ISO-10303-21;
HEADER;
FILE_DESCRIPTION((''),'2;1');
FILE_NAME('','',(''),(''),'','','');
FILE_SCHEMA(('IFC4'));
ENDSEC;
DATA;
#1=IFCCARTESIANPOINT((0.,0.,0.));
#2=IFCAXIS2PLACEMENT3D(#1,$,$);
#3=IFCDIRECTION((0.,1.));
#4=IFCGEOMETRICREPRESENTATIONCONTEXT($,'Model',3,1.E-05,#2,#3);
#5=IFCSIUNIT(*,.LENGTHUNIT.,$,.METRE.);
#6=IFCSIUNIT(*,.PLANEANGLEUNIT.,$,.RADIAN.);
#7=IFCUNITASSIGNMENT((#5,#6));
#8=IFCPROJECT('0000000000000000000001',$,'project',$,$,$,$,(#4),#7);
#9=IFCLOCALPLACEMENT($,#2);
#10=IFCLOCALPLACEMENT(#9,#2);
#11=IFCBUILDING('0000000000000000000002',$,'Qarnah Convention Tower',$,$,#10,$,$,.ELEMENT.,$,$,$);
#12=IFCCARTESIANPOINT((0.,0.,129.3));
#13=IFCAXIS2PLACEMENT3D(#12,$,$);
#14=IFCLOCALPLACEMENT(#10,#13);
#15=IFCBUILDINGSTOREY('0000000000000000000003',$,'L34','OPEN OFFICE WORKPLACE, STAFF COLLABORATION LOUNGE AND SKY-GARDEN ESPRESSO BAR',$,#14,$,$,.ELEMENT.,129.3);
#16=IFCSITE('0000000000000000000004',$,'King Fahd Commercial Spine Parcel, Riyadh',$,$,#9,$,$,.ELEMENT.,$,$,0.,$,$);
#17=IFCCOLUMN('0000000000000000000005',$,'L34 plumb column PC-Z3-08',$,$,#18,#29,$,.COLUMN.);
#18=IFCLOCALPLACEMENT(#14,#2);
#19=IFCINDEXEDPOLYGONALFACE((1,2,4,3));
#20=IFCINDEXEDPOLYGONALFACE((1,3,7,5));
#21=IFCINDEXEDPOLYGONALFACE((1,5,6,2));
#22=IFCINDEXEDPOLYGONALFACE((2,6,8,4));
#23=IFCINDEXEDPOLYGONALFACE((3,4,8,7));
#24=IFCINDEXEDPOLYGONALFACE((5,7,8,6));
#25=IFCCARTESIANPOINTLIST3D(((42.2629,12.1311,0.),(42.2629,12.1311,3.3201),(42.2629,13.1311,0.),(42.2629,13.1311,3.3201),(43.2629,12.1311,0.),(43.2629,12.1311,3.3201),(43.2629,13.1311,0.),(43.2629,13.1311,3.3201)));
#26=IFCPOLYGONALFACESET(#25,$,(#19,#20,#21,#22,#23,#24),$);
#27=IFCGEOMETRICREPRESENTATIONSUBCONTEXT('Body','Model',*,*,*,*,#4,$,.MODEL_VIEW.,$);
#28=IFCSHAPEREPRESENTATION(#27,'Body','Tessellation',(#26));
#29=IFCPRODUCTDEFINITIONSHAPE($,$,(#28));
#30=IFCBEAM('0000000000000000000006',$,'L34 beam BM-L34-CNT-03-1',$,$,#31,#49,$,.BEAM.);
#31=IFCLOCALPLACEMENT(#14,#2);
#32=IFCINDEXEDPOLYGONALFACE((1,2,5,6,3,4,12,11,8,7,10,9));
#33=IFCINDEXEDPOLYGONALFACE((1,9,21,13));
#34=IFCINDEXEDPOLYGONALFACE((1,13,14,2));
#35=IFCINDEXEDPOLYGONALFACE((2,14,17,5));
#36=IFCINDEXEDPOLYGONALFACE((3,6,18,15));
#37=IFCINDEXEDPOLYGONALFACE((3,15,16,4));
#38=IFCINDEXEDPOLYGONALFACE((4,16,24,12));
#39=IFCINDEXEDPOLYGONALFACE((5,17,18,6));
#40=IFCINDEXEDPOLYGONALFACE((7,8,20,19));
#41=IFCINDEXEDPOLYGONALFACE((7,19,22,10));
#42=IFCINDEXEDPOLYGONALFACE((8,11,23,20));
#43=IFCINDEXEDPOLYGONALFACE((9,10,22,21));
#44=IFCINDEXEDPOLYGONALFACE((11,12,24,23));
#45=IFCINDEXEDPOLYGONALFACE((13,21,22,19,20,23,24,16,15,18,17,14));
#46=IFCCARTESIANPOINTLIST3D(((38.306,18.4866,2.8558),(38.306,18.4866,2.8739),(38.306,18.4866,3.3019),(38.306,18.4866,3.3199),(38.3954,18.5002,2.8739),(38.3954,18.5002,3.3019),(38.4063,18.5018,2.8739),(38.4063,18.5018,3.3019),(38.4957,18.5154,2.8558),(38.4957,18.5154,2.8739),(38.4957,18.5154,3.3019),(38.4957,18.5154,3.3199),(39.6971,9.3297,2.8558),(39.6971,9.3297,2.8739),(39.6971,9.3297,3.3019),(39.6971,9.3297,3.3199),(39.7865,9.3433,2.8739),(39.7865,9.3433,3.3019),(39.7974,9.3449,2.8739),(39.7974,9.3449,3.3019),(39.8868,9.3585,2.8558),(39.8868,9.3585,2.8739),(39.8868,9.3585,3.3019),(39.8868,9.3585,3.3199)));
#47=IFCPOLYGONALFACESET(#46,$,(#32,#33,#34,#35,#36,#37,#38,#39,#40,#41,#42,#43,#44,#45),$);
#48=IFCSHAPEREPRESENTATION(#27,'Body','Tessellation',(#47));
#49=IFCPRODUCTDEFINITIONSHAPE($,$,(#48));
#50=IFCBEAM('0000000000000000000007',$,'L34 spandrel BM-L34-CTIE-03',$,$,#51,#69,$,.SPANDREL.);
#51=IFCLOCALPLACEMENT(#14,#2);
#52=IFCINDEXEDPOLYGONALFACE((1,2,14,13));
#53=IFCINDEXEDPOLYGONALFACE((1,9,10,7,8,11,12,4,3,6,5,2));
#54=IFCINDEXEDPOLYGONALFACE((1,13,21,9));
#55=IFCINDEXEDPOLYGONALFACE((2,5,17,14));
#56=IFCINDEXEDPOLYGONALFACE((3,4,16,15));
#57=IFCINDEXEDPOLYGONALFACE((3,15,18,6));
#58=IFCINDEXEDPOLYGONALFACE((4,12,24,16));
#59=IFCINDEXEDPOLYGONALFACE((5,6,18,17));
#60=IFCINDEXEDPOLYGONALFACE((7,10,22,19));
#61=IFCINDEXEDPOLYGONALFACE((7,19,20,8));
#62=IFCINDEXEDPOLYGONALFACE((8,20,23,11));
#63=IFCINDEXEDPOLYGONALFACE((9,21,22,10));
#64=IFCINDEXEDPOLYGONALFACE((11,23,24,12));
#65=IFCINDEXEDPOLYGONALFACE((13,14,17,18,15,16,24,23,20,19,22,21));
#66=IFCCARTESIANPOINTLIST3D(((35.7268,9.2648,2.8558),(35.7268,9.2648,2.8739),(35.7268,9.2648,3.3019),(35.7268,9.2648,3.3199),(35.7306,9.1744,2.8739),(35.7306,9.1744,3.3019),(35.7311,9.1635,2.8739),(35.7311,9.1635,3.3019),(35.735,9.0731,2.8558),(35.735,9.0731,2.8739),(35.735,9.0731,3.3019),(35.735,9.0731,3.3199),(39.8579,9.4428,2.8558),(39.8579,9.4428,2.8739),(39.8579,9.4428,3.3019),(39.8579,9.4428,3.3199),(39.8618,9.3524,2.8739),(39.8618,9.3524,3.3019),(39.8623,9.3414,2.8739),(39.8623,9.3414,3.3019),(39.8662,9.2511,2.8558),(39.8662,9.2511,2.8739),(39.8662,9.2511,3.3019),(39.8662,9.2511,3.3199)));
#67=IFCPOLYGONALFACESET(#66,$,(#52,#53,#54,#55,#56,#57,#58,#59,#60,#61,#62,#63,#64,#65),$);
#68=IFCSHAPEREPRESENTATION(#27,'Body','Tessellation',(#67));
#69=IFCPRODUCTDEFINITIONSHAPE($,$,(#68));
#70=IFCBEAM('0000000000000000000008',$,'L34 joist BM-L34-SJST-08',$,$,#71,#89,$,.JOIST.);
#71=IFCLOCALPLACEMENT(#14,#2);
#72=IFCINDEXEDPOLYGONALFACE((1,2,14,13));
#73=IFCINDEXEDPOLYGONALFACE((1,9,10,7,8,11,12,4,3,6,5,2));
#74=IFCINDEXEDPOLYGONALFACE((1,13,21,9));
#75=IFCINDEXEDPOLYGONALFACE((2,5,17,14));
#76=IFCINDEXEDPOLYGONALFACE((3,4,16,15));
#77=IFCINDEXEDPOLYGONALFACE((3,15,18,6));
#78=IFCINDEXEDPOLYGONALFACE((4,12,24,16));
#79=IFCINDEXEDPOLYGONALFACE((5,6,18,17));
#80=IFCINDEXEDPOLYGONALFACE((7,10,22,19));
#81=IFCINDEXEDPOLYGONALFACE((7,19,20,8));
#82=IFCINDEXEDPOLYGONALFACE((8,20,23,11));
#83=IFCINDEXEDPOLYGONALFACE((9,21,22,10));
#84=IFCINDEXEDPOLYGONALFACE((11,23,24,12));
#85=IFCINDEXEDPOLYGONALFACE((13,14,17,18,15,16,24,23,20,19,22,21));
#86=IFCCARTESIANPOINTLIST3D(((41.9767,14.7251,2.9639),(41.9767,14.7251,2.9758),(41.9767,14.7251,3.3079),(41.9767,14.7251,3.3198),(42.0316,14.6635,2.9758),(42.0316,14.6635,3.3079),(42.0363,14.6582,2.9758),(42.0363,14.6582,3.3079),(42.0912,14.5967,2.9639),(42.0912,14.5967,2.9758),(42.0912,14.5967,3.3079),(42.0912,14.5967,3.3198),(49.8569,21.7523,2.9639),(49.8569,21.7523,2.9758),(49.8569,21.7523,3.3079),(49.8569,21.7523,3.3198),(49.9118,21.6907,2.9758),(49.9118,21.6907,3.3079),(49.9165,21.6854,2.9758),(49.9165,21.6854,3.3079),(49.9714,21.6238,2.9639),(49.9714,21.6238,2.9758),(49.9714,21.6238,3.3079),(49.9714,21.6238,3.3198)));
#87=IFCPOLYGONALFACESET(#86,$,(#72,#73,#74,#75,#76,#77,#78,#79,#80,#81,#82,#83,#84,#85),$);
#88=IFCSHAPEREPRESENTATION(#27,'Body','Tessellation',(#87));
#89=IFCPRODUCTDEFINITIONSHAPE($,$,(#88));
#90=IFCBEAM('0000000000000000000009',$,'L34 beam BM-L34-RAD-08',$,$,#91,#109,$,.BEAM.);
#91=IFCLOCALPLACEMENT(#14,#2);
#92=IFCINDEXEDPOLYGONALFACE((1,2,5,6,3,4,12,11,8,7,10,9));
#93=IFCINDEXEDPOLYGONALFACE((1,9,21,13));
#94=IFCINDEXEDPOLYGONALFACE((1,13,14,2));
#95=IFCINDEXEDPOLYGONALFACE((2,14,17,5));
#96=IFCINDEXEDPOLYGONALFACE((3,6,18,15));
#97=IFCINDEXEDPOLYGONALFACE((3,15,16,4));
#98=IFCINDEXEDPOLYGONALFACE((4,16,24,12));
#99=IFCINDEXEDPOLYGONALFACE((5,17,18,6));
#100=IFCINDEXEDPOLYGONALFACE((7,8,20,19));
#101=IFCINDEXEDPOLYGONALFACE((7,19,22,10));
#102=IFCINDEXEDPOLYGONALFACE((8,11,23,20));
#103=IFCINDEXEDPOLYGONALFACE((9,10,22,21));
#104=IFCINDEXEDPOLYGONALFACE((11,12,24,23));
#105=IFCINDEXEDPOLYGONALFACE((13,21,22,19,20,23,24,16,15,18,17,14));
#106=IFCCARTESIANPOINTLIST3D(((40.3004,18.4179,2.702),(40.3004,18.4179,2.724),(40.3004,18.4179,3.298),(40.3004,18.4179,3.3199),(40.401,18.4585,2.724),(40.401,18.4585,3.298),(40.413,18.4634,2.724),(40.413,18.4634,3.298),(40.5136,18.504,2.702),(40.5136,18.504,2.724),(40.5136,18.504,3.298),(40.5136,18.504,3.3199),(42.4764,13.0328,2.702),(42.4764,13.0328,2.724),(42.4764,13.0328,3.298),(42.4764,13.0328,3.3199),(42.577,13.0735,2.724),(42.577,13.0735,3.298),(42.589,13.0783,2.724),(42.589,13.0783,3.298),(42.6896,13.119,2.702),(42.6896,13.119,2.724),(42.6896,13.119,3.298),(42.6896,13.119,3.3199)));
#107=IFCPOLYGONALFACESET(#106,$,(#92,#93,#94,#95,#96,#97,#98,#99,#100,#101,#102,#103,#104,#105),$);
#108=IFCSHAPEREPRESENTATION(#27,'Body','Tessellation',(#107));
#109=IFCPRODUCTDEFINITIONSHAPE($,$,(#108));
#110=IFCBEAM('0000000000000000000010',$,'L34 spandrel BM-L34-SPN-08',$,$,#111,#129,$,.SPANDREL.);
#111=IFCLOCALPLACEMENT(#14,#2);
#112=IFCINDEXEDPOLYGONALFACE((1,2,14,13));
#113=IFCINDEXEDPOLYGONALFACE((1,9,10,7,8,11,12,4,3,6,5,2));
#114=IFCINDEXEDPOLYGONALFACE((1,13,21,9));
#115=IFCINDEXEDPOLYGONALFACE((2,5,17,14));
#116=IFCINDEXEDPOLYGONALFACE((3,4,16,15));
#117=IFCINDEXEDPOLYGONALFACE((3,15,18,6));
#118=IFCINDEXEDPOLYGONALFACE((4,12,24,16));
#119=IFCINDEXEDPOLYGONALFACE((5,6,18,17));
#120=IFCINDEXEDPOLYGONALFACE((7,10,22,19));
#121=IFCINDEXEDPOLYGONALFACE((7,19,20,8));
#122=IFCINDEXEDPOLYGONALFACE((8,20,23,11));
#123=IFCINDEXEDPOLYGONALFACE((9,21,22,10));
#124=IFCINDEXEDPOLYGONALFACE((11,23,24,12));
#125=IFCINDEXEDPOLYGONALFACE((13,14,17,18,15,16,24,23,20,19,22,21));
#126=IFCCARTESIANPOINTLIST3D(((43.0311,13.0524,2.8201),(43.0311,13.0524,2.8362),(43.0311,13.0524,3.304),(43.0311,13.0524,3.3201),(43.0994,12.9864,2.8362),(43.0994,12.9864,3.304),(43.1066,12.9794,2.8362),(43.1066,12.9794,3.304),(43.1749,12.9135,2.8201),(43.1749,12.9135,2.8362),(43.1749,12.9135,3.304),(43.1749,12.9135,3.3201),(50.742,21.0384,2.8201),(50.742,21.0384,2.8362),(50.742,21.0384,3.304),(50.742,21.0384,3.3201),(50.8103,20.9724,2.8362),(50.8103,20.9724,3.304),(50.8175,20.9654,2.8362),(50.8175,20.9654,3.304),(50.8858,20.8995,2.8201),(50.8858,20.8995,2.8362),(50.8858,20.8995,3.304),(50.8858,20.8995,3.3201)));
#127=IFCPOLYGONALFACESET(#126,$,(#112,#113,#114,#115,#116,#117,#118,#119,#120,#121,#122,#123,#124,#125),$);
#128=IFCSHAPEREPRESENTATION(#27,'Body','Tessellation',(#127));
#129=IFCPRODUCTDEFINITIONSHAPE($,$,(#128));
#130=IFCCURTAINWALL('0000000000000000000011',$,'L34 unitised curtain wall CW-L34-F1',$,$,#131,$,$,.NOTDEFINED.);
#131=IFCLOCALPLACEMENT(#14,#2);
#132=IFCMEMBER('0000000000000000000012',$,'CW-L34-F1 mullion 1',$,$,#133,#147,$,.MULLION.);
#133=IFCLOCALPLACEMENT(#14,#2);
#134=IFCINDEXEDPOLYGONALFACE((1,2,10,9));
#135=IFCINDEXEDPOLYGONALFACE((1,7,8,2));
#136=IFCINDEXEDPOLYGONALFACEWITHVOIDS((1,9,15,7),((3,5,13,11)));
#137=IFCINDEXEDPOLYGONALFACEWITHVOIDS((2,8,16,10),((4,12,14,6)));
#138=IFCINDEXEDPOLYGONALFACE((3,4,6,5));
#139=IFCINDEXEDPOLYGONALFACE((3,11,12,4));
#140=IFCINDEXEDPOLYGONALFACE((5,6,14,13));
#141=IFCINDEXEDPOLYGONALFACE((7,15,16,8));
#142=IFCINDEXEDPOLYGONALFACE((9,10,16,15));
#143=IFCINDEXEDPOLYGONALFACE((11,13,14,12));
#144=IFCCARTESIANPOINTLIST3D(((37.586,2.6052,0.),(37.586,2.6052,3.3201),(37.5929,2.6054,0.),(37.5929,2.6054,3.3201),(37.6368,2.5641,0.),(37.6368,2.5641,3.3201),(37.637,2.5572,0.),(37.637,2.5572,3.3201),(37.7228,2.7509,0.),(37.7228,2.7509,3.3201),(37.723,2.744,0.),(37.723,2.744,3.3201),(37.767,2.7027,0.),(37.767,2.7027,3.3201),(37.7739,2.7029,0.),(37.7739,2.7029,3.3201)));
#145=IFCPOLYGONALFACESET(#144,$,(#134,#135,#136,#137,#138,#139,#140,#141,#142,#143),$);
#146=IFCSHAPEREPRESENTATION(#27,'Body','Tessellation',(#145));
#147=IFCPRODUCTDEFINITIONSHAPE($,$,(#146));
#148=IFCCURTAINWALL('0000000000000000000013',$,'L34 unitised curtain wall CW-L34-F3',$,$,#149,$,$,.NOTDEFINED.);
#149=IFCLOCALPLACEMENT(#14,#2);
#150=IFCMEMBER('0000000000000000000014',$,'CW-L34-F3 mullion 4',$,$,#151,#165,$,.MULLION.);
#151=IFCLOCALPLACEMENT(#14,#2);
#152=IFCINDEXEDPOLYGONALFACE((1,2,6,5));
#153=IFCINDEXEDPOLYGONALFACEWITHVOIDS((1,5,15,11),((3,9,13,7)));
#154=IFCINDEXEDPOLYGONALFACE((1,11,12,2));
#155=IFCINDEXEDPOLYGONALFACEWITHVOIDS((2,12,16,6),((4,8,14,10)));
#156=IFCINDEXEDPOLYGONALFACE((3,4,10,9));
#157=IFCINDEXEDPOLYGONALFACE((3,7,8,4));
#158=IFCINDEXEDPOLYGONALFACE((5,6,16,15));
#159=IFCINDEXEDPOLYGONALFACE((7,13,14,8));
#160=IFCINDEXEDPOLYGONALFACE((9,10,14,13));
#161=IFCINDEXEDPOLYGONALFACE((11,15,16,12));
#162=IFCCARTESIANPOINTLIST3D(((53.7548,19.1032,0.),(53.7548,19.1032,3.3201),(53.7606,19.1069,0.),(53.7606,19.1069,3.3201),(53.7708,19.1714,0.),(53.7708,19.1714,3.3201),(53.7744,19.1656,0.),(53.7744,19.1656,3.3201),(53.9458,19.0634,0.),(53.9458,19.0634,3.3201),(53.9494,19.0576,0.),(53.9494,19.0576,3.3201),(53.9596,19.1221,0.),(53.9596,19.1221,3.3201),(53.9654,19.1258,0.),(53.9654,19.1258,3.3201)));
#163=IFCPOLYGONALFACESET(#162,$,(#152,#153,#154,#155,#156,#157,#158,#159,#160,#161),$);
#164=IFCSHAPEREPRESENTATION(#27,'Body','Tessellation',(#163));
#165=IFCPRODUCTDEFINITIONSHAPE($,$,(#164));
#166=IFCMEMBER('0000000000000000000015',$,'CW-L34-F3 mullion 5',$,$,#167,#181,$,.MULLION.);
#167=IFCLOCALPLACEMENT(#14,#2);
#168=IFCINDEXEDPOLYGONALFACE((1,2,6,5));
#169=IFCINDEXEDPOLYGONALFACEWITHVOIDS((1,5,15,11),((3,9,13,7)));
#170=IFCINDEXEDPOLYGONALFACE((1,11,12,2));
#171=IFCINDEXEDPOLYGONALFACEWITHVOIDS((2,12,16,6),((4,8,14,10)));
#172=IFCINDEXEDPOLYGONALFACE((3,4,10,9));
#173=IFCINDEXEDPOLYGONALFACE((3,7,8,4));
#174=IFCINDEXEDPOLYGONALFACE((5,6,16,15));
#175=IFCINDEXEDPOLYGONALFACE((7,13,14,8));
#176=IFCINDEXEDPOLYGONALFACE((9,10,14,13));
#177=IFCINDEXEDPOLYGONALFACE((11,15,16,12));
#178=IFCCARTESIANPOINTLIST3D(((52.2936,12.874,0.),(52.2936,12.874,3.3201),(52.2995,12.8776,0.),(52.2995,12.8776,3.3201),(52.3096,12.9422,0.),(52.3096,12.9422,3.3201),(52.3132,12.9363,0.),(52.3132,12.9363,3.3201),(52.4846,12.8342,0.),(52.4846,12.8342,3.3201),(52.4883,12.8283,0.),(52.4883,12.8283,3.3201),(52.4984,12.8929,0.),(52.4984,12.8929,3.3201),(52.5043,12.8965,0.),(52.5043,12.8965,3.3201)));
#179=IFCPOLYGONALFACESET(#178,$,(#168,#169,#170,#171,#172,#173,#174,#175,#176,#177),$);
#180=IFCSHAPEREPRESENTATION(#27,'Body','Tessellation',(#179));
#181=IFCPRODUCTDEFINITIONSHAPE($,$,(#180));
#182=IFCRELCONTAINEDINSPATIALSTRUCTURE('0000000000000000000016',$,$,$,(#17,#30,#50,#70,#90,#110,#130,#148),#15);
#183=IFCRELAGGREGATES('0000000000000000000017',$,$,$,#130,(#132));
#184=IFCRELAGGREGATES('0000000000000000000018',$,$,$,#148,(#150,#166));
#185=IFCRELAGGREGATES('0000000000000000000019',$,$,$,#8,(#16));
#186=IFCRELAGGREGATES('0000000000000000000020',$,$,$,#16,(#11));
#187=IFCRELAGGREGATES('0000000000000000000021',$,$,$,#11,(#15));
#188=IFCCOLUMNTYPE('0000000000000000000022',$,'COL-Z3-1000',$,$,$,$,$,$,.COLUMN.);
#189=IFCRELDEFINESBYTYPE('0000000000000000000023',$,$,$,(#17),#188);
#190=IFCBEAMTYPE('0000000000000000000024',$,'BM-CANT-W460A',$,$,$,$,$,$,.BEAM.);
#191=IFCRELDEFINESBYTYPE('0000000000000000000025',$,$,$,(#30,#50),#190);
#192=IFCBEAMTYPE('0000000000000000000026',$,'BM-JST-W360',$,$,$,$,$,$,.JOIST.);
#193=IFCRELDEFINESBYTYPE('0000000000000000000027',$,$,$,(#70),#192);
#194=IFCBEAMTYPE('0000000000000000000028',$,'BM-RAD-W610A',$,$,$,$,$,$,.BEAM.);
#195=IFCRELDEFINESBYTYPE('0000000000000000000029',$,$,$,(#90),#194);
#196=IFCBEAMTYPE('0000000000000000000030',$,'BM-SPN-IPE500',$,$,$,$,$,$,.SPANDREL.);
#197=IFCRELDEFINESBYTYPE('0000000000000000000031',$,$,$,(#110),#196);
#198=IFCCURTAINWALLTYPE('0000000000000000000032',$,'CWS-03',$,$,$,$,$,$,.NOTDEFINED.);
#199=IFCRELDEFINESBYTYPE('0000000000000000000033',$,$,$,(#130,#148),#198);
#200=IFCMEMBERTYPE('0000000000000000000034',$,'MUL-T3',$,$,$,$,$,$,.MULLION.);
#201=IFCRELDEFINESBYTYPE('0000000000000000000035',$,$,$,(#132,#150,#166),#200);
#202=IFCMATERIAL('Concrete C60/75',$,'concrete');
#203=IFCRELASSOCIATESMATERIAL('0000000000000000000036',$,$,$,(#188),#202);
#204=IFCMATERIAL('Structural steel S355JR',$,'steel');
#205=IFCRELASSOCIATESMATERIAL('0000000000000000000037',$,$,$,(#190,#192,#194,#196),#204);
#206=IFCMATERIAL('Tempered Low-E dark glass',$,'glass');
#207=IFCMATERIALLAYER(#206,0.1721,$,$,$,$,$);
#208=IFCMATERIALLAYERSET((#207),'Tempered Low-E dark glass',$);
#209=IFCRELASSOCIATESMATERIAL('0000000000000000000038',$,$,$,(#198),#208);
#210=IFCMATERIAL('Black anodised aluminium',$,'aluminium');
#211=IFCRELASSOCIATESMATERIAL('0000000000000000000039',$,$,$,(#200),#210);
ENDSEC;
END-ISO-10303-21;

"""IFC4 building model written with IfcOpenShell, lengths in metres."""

from ifc_helpers import new_model, si_unit, direction, frame, origin, origin_2d, place, context, subcontext, project, spatial, rectangle, hollow_rectangle, i_section, extrude, material, layer, layer_set, material_profile, profile_set, type_object, element, aggregate, save


model = new_model("IFC4")

# Units and contexts
model_context = context("Model", 3, precision=1e-05, world=origin(), true_north=direction((0.0, 1.0)))
body_context = subcontext(model_context, "Body", "Model", "MODEL_VIEW")
ifc_project = project(units=[si_unit("LENGTHUNIT", "METRE"), si_unit("PLANEANGLEUNIT", "RADIAN")], contexts=[model_context])

# Site, building, storey
site_placement = place(None, origin())
site = spatial("IfcSite", under=ifc_project, at=site_placement, Name="King Fahd Commercial Spine Parcel, Riyadh", CompositionType="ELEMENT", RefElevation=0.0)
building_placement = place(site_placement, origin())
building = spatial("IfcBuilding", under=site, at=building_placement, Name="Qarnah Convention Tower", CompositionType="ELEMENT")
storey_placement = place(building_placement, frame((0.0, 0.0, 129.3)))
storey = spatial("IfcBuildingStorey", under=building, at=storey_placement, Name="L34", Description="OPEN OFFICE WORKPLACE, STAFF COLLABORATION LOUNGE AND SKY-GARDEN ESPRESSO BAR", CompositionType="ELEMENT", Elevation=129.3)

# Column
ifc_material_1 = material(Name="Concrete C60/75", Category="concrete")
ifc_material_profile_1 = material_profile(ifc_material_1, rectangle(XDim=1.0, YDim=1.0, at=origin_2d()), Name="RC-COL-1000X1000")
ifc_profile_set_1 = profile_set([ifc_material_profile_1], Name="Concrete C60/75")
column_type = type_object("IfcColumnType", Name="COL-Z3-1000", PredefinedType="COLUMN", material=ifc_profile_set_1)
column_placement = place(storey_placement, frame((42.7629, 12.6311, 0.0), z_axis=(0.0, 0.0, 1.0), x_axis=(1.0, 0.0, 0.0)))
element("IfcColumn", 1, at=column_placement, inside=storey, type_object=column_type, Name="L34 plumb column PC-Z3-08", PredefinedType="COLUMN", context=body_context, shape_type="SweptSolid", body=[
    extrude(rectangle(XDim=1.0, YDim=1.0, at=origin_2d()), origin(), (0.0, 0.0, 1.0), 3.3201),
])

# Beams
ifc_material_2 = material(Name="Structural steel S355JR", Category="steel")
ifc_material_profile_2 = material_profile(ifc_material_2, i_section(OverallWidth=0.1919, OverallDepth=0.4641, WebThickness=0.011, FlangeThickness=0.0181, at=origin_2d()), Name="W460X89")
ifc_profile_set_2 = profile_set([ifc_material_profile_2], Name="Structural steel S355JR")
beam_type_1 = type_object("IfcBeamType", Name="BM-CANT-W460A", PredefinedType="BEAM", material=ifc_profile_set_2)
beam_1_placement = place(storey_placement, frame((38.4009, 18.501, 3.0879), z_axis=(0.150195, -0.988656, 0.0), x_axis=(0.988656, 0.150195, 0.0)))
element("IfcBeam", 2, at=beam_1_placement, inside=storey, type_object=beam_type_1, Name="L34 beam BM-L34-CNT-03-1", PredefinedType="BEAM", context=body_context, shape_type="SweptSolid", body=[
    extrude(i_section(OverallWidth=0.1919, OverallDepth=0.4641, WebThickness=0.011, FlangeThickness=0.0181, at=origin_2d()), origin(), (0.0, 0.0, 1.0), 9.262),
])
beam_2_placement = place(storey_placement, frame((39.8621, 9.3469, 3.0879), z_axis=(-0.999073, -0.043043, 0.0), x_axis=(0.043043, -0.999073, 0.0)))
element("IfcBeam", 3, at=beam_2_placement, inside=storey, type_object=beam_type_1, Name="L34 spandrel BM-L34-CTIE-03", PredefinedType="SPANDREL", context=body_context, shape_type="SweptSolid", body=[
    extrude(i_section(OverallWidth=0.1919, OverallDepth=0.4641, WebThickness=0.011, FlangeThickness=0.0181, at=origin_2d()), origin(), (0.0, 0.0, 1.0), 4.135),
])
ifc_material_profile_3 = material_profile(ifc_material_2, i_section(OverallWidth=0.1721, OverallDepth=0.356, WebThickness=0.0071, FlangeThickness=0.012, at=origin_2d()), Name="W360X51")
ifc_profile_set_3 = profile_set([ifc_material_profile_3], Name="Structural steel S355JR")
beam_type_2 = type_object("IfcBeamType", Name="BM-JST-W360", PredefinedType="JOIST", material=ifc_profile_set_3)
beam_3_placement = place(storey_placement, frame((42.0339, 14.6609, 3.1418), z_axis=(0.746348, 0.665556, 0.0), x_axis=(-0.665556, 0.746348, 0.0)))
element("IfcBeam", 4, at=beam_3_placement, inside=storey, type_object=beam_type_2, Name="L34 joist BM-L34-SJST-08", PredefinedType="JOIST", context=body_context, shape_type="SweptSolid", body=[
    extrude(i_section(OverallWidth=0.1721, OverallDepth=0.356, WebThickness=0.0071, FlangeThickness=0.012, at=origin_2d()), origin(), (0.0, 0.0, 1.0), 10.5583),
])
ifc_material_profile_4 = material_profile(ifc_material_2, i_section(OverallWidth=0.23, OverallDepth=0.6179, WebThickness=0.0129, FlangeThickness=0.022, at=origin_2d()), Name="W610X140")
ifc_profile_set_4 = profile_set([ifc_material_profile_4], Name="Structural steel S355JR")
beam_type_3 = type_object("IfcBeamType", Name="BM-RAD-W610A", PredefinedType="BEAM", material=ifc_profile_set_4)
beam_4_placement = place(storey_placement, frame((40.407, 18.4609, 3.011), z_axis=(0.374657, -0.927164, 0.0), x_axis=(0.927164, 0.374657, 0.0)))
element("IfcBeam", 5, at=beam_4_placement, inside=storey, type_object=beam_type_3, Name="L34 beam BM-L34-RAD-08", PredefinedType="BEAM", context=body_context, shape_type="SweptSolid", body=[
    extrude(i_section(OverallWidth=0.23, OverallDepth=0.6179, WebThickness=0.0129, FlangeThickness=0.022, at=origin_2d()), origin(), (0.0, 0.0, 1.0), 5.8081),
])
ifc_material_profile_5 = material_profile(ifc_material_2, i_section(OverallWidth=0.2, OverallDepth=0.5, WebThickness=0.01, FlangeThickness=0.0161, at=origin_2d()), Name="IPE500")
ifc_profile_set_5 = profile_set([ifc_material_profile_5], Name="Structural steel S355JR")
beam_type_4 = type_object("IfcBeamType", Name="BM-SPN-IPE500", PredefinedType="SPANDREL", material=ifc_profile_set_5)
beam_5_placement = place(storey_placement, frame((43.103, 12.9829, 3.0701), z_axis=(0.694606, 0.719391, 0.0), x_axis=(-0.719391, 0.694606, 0.0)))
element("IfcBeam", 6, at=beam_5_placement, inside=storey, type_object=beam_type_4, Name="L34 spandrel BM-L34-SPN-08", PredefinedType="SPANDREL", context=body_context, shape_type="SweptSolid", body=[
    extrude(i_section(OverallWidth=0.2, OverallDepth=0.5, WebThickness=0.01, FlangeThickness=0.0161, at=origin_2d()), origin(), (0.0, 0.0, 1.0), 11.1011),
])

# Curtain wall, member
ifc_material_3 = material(Name="Tempered Low-E dark glass", Category="glass")
ifc_layer_1 = layer(ifc_material_3, 0.1721)
ifc_layer_set_1 = layer_set([ifc_layer_1], Name="Tempered Low-E dark glass")
curtain_wall_type = type_object("IfcCurtainWallType", Name="CWS-03", PredefinedType="NOTDEFINED", material=ifc_layer_set_1)
curtain_wall_1_placement = place(storey_placement, origin())
curtain_wall_1 = element("IfcCurtainWall", 7, at=curtain_wall_1_placement, inside=storey, type_object=curtain_wall_type, Name="L34 unitised curtain wall CW-L34-F1", PredefinedType="NOTDEFINED")
ifc_material_4 = material(Name="Black anodised aluminium", Category="aluminium")
ifc_material_profile_6 = material_profile(ifc_material_4, hollow_rectangle(XDim=0.0701, YDim=0.2, WallThickness=0.0049, at=origin_2d()), Name="MUL-70X200")
ifc_profile_set_6 = profile_set([ifc_material_profile_6], Name="Black anodised aluminium")
member_type_1 = type_object("IfcMemberType", Name="MUL-T3", PredefinedType="MULLION", material=ifc_profile_set_6)
member_1_placement = place(storey_placement, frame((37.6799, 2.6541, 0.0), z_axis=(0.0, 0.0, 1.0), x_axis=(-0.728968, 0.684548, 0.0)))
member_1 = element("IfcMember", 8, at=member_1_placement, type_object=member_type_1, Name="CW-L34-F1 mullion 1", PredefinedType="MULLION", context=body_context, shape_type="SweptSolid", body=[
    extrude(hollow_rectangle(XDim=0.0701, YDim=0.2, WallThickness=0.0049, at=origin_2d()), origin(), (0.0, 0.0, 1.0), 3.3201),
])

# Curtain wall, members
curtain_wall_2_placement = place(storey_placement, origin())
curtain_wall_2 = element("IfcCurtainWall", 9, at=curtain_wall_2_placement, inside=storey, type_object=curtain_wall_type, Name="L34 unitised curtain wall CW-L34-F3", PredefinedType="NOTDEFINED")
member_2_placement = place(storey_placement, frame((53.8601, 19.1145, 0.0), z_axis=(0.0, 0.0, 1.0), x_axis=(-0.228344, -0.97358, 0.0)))
member_2 = element("IfcMember", 10, at=member_2_placement, type_object=member_type_1, Name="CW-L34-F3 mullion 4", PredefinedType="MULLION", context=body_context, shape_type="SweptSolid", body=[
    extrude(hollow_rectangle(XDim=0.0701, YDim=0.2, WallThickness=0.0049, at=origin_2d()), origin(), (0.0, 0.0, 1.0), 3.3201),
])
member_3_placement = place(storey_placement, frame((52.3989, 12.8853, 0.0), z_axis=(0.0, 0.0, 1.0), x_axis=(-0.228344, -0.97358, 0.0)))
member_3 = element("IfcMember", 11, at=member_3_placement, type_object=member_type_1, Name="CW-L34-F3 mullion 5", PredefinedType="MULLION", context=body_context, shape_type="SweptSolid", body=[
    extrude(hollow_rectangle(XDim=0.0701, YDim=0.2, WallThickness=0.0049, at=origin_2d()), origin(), (0.0, 0.0, 1.0), 3.3201),
])

aggregate(curtain_wall_1, [member_1])

aggregate(curtain_wall_2, [member_2, member_3])

save(model, "model.ifc")
